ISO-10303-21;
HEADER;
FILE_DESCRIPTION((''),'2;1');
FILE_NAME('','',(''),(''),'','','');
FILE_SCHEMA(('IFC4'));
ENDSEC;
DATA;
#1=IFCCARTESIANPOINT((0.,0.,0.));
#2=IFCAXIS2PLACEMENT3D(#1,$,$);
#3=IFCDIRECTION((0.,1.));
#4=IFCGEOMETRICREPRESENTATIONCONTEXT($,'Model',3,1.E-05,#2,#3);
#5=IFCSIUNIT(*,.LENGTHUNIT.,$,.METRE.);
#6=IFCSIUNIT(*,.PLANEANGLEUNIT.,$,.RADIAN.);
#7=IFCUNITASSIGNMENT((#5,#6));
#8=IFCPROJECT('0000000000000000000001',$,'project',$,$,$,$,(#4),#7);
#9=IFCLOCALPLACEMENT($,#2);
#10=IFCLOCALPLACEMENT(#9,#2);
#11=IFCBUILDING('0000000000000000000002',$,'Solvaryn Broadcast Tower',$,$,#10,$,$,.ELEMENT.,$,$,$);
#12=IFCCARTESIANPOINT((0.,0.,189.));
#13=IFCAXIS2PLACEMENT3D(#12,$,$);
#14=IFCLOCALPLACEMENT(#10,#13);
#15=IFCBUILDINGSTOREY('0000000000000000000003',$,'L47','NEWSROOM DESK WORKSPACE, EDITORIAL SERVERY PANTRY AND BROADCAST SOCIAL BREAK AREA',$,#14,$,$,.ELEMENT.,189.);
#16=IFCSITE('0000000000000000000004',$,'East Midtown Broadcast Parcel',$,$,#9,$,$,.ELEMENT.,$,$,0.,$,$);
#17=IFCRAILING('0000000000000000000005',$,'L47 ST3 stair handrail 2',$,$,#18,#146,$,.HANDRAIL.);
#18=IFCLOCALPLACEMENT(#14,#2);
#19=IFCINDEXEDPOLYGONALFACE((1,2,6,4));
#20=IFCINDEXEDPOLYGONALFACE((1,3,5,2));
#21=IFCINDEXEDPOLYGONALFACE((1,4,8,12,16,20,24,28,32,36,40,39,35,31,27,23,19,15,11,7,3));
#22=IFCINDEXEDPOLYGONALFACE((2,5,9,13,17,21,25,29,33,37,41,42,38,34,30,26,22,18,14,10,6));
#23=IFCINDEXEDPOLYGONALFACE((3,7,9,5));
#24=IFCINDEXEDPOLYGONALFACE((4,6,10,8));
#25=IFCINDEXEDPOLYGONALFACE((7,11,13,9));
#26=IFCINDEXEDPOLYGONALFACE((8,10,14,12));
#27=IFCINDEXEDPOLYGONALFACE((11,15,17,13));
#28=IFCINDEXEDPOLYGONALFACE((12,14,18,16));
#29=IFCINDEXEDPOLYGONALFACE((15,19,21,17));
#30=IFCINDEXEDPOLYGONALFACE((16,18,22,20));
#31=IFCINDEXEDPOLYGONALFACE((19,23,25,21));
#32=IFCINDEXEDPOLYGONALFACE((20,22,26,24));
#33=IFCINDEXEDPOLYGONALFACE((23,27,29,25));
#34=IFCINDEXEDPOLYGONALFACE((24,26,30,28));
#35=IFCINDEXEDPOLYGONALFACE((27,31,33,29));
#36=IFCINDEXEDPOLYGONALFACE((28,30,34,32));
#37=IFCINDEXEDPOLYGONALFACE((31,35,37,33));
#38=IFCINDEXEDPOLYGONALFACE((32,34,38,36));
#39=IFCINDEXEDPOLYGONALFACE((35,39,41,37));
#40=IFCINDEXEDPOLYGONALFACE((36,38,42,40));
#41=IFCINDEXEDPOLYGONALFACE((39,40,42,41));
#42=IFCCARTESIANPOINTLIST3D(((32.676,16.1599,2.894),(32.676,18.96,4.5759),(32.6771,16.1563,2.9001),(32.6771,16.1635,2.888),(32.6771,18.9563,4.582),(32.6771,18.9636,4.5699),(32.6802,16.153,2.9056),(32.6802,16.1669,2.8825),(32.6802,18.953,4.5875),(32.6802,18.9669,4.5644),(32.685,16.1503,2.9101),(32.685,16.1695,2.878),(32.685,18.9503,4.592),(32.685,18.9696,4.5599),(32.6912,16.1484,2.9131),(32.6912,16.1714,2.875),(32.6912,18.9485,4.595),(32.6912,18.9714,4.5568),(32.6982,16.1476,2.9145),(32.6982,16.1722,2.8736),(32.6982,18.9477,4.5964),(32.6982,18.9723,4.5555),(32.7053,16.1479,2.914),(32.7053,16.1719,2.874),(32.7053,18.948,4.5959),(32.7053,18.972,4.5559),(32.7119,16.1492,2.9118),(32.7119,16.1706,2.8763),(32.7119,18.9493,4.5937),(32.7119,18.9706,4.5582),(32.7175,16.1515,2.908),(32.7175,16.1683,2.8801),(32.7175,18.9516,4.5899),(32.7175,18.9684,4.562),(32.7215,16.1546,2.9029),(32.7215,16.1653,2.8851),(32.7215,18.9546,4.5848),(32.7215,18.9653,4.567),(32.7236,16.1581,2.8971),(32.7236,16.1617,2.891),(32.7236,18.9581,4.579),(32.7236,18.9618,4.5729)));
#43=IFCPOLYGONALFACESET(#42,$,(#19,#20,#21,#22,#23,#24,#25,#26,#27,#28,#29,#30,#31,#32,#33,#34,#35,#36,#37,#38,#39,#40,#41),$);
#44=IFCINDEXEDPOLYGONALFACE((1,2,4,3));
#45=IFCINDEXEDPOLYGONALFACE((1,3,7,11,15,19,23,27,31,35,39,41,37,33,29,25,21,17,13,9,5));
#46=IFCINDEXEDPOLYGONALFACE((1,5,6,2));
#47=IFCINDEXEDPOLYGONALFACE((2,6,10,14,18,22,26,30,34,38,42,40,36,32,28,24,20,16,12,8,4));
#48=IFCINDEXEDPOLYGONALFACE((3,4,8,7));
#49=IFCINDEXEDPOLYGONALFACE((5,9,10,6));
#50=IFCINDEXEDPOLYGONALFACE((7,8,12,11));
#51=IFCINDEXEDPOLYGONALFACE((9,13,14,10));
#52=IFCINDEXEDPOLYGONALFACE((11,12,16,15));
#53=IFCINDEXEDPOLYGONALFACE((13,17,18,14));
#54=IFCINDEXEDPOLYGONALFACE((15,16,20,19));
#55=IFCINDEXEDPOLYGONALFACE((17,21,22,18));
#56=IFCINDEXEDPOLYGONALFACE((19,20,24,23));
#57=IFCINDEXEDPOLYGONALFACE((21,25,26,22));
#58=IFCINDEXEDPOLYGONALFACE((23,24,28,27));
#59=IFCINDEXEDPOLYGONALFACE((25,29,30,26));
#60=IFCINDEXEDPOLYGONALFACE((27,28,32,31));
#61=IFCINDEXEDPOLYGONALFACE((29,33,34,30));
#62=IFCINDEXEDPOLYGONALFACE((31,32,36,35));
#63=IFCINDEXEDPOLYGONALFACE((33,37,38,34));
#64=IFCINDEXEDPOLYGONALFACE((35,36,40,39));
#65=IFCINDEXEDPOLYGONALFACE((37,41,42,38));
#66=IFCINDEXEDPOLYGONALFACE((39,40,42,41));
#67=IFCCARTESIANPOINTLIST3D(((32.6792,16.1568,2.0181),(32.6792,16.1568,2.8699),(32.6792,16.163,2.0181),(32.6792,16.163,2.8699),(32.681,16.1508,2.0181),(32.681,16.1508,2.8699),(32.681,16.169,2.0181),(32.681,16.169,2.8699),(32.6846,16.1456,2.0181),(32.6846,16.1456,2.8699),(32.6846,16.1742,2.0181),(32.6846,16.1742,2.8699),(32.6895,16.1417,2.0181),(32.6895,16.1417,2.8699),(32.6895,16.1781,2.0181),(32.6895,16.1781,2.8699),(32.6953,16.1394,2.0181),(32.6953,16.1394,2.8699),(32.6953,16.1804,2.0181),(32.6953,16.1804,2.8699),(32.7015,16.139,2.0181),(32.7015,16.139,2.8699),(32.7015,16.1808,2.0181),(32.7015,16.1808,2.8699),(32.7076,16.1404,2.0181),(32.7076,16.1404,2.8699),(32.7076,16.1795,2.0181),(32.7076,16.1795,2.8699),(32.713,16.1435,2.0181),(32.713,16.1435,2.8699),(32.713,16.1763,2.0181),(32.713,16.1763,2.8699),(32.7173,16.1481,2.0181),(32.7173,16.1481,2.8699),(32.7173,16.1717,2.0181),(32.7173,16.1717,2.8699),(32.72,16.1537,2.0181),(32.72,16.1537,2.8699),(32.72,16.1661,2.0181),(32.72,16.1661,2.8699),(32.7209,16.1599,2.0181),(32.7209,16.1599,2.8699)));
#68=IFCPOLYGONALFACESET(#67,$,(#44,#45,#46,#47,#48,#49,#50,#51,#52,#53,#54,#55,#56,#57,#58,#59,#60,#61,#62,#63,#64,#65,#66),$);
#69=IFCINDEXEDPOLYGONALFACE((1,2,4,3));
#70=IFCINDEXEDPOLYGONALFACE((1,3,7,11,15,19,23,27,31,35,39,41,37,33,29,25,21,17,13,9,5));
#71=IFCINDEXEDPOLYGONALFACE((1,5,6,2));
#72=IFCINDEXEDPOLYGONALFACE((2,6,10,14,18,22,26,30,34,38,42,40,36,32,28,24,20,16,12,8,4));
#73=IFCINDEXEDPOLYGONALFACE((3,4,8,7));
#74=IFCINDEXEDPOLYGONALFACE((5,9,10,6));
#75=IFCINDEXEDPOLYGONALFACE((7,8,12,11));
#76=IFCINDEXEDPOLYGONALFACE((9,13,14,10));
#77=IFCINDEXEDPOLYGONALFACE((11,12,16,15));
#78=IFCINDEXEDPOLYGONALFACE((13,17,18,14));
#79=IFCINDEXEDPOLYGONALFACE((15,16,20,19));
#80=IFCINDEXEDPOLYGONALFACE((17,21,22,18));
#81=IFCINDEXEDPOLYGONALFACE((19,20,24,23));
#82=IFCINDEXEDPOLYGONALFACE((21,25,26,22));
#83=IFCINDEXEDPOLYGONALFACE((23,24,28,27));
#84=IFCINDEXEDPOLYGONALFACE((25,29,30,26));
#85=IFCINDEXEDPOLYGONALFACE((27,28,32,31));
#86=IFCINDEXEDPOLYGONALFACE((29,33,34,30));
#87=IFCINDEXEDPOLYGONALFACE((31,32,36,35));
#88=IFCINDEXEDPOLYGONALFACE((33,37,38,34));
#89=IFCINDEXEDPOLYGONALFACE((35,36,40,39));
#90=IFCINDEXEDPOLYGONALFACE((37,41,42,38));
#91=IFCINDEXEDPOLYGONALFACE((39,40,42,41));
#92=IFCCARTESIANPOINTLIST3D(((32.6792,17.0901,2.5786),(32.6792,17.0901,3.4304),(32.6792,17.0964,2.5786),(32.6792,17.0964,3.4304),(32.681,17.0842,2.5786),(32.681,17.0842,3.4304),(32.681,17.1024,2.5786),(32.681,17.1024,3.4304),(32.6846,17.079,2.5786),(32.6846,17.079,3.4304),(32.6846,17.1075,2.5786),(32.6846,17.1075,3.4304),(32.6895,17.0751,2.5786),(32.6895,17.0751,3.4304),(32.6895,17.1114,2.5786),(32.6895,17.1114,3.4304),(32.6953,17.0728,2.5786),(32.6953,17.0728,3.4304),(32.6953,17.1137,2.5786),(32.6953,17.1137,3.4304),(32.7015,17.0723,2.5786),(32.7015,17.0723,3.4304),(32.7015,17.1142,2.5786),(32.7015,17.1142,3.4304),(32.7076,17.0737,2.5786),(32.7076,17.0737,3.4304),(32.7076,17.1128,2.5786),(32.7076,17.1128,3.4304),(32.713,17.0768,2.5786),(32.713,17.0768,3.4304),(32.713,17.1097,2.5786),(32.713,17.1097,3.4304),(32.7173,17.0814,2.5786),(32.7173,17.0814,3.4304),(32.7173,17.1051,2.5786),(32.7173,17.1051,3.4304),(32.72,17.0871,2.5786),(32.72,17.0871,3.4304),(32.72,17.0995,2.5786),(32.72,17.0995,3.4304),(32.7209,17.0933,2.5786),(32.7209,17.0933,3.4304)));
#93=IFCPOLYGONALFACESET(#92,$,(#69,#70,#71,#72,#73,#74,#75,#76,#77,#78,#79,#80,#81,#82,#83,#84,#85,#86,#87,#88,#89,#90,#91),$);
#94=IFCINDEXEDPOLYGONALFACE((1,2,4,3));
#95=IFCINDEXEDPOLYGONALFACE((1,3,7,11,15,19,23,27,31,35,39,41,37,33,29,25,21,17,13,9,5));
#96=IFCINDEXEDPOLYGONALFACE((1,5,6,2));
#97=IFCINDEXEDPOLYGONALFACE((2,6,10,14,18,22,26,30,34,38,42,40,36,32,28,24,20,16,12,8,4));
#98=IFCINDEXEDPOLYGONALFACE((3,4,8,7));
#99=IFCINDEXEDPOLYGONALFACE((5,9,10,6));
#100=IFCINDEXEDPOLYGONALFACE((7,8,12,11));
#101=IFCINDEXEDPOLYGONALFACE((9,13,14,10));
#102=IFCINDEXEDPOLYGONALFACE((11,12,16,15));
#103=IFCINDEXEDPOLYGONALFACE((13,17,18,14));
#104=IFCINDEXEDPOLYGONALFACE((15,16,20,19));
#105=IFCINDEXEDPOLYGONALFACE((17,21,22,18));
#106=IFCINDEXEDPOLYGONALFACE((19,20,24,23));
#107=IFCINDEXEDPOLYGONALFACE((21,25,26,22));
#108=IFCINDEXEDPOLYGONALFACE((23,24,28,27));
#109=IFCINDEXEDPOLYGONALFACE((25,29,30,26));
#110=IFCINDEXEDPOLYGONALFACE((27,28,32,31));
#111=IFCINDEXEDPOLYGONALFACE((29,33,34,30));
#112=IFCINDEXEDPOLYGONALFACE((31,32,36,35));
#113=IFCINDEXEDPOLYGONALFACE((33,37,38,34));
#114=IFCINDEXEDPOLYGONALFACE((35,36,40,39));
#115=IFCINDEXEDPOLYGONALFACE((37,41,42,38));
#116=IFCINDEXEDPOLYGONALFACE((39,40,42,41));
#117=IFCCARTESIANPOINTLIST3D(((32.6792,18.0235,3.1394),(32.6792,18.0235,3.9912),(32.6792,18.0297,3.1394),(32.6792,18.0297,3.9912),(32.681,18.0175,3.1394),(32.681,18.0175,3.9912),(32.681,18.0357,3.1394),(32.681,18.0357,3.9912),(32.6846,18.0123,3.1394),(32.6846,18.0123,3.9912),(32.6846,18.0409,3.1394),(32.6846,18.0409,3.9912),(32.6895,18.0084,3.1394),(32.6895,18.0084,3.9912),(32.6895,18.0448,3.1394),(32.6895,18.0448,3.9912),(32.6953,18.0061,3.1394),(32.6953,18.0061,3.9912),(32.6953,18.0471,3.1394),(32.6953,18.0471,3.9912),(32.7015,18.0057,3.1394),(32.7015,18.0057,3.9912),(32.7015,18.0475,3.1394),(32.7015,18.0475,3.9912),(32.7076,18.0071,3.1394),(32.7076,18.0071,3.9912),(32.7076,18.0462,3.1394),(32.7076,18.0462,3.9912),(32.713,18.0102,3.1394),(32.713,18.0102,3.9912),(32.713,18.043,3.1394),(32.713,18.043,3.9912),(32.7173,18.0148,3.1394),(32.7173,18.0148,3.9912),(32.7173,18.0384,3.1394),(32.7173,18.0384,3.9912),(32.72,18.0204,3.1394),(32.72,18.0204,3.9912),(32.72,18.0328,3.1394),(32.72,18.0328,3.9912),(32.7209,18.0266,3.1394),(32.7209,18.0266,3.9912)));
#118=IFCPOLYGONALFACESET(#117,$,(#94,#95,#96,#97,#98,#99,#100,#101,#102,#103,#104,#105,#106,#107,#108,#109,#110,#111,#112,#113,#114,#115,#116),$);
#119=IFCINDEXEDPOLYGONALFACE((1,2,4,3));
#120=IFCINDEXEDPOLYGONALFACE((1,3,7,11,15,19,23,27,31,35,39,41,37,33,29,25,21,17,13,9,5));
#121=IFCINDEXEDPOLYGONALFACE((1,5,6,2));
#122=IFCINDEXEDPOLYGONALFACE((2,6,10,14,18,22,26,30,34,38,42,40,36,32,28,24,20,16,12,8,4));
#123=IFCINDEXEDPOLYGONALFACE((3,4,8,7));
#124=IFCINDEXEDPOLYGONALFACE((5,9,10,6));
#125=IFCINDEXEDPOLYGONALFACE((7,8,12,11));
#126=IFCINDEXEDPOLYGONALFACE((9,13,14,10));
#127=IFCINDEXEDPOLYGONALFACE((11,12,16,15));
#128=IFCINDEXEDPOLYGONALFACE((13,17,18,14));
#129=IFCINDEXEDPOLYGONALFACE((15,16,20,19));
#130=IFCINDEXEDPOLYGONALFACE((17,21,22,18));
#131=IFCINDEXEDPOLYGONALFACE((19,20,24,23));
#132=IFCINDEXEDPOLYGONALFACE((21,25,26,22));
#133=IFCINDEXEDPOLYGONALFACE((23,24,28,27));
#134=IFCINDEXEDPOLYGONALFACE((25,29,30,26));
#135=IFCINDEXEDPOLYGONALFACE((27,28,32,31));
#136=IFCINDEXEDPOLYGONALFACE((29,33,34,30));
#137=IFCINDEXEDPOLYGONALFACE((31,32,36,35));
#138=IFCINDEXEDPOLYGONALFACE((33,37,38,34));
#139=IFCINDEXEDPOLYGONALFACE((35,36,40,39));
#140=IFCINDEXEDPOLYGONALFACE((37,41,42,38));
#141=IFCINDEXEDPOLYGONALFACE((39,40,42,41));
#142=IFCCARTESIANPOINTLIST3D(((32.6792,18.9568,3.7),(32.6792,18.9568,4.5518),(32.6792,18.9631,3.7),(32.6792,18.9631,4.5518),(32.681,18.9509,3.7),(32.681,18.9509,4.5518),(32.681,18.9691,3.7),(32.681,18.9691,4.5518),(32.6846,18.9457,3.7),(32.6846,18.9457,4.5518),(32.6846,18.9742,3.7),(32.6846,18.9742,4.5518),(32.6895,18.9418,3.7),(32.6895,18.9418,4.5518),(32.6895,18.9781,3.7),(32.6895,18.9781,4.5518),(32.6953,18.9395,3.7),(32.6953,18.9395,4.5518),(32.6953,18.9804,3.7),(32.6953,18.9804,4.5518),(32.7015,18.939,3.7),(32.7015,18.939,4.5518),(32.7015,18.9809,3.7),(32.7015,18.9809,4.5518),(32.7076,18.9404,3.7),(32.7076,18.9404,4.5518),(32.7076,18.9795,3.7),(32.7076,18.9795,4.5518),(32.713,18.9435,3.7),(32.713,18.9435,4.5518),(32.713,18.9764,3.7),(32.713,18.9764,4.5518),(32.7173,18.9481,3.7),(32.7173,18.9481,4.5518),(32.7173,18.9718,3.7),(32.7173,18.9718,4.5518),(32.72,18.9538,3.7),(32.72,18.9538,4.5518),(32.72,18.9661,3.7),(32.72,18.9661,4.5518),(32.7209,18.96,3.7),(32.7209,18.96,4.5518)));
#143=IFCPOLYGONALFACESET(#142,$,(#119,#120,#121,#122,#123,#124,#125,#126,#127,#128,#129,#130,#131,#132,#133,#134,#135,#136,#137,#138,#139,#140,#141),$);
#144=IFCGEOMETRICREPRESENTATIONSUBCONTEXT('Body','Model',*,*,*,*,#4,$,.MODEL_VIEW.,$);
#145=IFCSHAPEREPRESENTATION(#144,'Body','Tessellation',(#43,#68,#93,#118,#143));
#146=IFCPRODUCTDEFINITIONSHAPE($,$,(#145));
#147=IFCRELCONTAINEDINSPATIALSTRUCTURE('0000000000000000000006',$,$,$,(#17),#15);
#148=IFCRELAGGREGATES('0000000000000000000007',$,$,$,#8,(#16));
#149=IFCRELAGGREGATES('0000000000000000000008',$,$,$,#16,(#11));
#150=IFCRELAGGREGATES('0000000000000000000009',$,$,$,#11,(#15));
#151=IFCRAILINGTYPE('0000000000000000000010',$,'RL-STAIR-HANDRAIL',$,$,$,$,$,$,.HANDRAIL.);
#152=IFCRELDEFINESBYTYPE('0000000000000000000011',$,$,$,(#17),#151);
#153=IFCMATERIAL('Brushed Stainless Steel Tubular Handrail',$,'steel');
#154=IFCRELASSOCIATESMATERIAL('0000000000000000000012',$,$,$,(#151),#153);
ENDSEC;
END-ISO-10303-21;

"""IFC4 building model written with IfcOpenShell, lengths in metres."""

from ifc_helpers import new_model, si_unit, direction, frame, origin, origin_2d, place, context, subcontext, project, spatial, circle, extrude, material, type_object, element, save


model = new_model("IFC4")

# Units and contexts
model_context = context("Model", 3, precision=1e-05, world=origin(), true_north=direction((0.0, 1.0)))
body_context = subcontext(model_context, "Body", "Model", "MODEL_VIEW")
ifc_project = project(units=[si_unit("LENGTHUNIT", "METRE"), si_unit("PLANEANGLEUNIT", "RADIAN")], contexts=[model_context])

# Site, building, storey
site_placement = place(None, origin())
site = spatial("IfcSite", under=ifc_project, at=site_placement, Name="East Midtown Broadcast Parcel", CompositionType="ELEMENT", RefElevation=0.0)
building_placement = place(site_placement, origin())
building = spatial("IfcBuilding", under=site, at=building_placement, Name="Solvaryn Broadcast Tower", CompositionType="ELEMENT")
storey_placement = place(building_placement, frame((0.0, 0.0, 189.0)))
storey = spatial("IfcBuildingStorey", under=building, at=storey_placement, Name="L47", Description="NEWSROOM DESK WORKSPACE, EDITORIAL SERVERY PANTRY AND BROADCAST SOCIAL BREAK AREA", CompositionType="ELEMENT", Elevation=189.0)

# Railing
ifc_material_1 = material(Name="Brushed Stainless Steel Tubular Handrail", Category="steel")
railing_type_1 = type_object("IfcRailingType", Name="RL-STAIR-HANDRAIL", PredefinedType="HANDRAIL", material=ifc_material_1)
railing_1_placement = place(storey_placement, frame((32.7, 16.1599, 2.0181)))
element("IfcRailing", 1, at=railing_1_placement, inside=storey, type_object=railing_type_1, Name="L47 ST3 stair handrail 2", PredefinedType="HANDRAIL", context=body_context, shape_type="SweptSolid", body=[
    extrude(circle(Radius=0.0239, at=origin_2d()), frame((0.0, 0.0, 0.876), z_axis=(0.0, 0.857242, 0.514913), x_axis=(-1.0, 0.0, 0.0)), (0.0, 0.0, 1.0), 3.2664),
    extrude(circle(Radius=0.021, at=origin_2d()), origin(), (0.0, 0.0, 1.0), 0.8518),
    extrude(circle(Radius=0.021, at=origin_2d()), frame((0.0, 0.9333, 0.5605)), (0.0, 0.0, 1.0), 0.8518),
    extrude(circle(Radius=0.021, at=origin_2d()), frame((0.0, 1.8667, 1.1213)), (0.0, 0.0, 1.0), 0.8518),
    extrude(circle(Radius=0.021, at=origin_2d()), frame((0.0, 2.8, 1.6819)), (0.0, 0.0, 1.0), 0.8518),
])

save(model, "model.ifc")
